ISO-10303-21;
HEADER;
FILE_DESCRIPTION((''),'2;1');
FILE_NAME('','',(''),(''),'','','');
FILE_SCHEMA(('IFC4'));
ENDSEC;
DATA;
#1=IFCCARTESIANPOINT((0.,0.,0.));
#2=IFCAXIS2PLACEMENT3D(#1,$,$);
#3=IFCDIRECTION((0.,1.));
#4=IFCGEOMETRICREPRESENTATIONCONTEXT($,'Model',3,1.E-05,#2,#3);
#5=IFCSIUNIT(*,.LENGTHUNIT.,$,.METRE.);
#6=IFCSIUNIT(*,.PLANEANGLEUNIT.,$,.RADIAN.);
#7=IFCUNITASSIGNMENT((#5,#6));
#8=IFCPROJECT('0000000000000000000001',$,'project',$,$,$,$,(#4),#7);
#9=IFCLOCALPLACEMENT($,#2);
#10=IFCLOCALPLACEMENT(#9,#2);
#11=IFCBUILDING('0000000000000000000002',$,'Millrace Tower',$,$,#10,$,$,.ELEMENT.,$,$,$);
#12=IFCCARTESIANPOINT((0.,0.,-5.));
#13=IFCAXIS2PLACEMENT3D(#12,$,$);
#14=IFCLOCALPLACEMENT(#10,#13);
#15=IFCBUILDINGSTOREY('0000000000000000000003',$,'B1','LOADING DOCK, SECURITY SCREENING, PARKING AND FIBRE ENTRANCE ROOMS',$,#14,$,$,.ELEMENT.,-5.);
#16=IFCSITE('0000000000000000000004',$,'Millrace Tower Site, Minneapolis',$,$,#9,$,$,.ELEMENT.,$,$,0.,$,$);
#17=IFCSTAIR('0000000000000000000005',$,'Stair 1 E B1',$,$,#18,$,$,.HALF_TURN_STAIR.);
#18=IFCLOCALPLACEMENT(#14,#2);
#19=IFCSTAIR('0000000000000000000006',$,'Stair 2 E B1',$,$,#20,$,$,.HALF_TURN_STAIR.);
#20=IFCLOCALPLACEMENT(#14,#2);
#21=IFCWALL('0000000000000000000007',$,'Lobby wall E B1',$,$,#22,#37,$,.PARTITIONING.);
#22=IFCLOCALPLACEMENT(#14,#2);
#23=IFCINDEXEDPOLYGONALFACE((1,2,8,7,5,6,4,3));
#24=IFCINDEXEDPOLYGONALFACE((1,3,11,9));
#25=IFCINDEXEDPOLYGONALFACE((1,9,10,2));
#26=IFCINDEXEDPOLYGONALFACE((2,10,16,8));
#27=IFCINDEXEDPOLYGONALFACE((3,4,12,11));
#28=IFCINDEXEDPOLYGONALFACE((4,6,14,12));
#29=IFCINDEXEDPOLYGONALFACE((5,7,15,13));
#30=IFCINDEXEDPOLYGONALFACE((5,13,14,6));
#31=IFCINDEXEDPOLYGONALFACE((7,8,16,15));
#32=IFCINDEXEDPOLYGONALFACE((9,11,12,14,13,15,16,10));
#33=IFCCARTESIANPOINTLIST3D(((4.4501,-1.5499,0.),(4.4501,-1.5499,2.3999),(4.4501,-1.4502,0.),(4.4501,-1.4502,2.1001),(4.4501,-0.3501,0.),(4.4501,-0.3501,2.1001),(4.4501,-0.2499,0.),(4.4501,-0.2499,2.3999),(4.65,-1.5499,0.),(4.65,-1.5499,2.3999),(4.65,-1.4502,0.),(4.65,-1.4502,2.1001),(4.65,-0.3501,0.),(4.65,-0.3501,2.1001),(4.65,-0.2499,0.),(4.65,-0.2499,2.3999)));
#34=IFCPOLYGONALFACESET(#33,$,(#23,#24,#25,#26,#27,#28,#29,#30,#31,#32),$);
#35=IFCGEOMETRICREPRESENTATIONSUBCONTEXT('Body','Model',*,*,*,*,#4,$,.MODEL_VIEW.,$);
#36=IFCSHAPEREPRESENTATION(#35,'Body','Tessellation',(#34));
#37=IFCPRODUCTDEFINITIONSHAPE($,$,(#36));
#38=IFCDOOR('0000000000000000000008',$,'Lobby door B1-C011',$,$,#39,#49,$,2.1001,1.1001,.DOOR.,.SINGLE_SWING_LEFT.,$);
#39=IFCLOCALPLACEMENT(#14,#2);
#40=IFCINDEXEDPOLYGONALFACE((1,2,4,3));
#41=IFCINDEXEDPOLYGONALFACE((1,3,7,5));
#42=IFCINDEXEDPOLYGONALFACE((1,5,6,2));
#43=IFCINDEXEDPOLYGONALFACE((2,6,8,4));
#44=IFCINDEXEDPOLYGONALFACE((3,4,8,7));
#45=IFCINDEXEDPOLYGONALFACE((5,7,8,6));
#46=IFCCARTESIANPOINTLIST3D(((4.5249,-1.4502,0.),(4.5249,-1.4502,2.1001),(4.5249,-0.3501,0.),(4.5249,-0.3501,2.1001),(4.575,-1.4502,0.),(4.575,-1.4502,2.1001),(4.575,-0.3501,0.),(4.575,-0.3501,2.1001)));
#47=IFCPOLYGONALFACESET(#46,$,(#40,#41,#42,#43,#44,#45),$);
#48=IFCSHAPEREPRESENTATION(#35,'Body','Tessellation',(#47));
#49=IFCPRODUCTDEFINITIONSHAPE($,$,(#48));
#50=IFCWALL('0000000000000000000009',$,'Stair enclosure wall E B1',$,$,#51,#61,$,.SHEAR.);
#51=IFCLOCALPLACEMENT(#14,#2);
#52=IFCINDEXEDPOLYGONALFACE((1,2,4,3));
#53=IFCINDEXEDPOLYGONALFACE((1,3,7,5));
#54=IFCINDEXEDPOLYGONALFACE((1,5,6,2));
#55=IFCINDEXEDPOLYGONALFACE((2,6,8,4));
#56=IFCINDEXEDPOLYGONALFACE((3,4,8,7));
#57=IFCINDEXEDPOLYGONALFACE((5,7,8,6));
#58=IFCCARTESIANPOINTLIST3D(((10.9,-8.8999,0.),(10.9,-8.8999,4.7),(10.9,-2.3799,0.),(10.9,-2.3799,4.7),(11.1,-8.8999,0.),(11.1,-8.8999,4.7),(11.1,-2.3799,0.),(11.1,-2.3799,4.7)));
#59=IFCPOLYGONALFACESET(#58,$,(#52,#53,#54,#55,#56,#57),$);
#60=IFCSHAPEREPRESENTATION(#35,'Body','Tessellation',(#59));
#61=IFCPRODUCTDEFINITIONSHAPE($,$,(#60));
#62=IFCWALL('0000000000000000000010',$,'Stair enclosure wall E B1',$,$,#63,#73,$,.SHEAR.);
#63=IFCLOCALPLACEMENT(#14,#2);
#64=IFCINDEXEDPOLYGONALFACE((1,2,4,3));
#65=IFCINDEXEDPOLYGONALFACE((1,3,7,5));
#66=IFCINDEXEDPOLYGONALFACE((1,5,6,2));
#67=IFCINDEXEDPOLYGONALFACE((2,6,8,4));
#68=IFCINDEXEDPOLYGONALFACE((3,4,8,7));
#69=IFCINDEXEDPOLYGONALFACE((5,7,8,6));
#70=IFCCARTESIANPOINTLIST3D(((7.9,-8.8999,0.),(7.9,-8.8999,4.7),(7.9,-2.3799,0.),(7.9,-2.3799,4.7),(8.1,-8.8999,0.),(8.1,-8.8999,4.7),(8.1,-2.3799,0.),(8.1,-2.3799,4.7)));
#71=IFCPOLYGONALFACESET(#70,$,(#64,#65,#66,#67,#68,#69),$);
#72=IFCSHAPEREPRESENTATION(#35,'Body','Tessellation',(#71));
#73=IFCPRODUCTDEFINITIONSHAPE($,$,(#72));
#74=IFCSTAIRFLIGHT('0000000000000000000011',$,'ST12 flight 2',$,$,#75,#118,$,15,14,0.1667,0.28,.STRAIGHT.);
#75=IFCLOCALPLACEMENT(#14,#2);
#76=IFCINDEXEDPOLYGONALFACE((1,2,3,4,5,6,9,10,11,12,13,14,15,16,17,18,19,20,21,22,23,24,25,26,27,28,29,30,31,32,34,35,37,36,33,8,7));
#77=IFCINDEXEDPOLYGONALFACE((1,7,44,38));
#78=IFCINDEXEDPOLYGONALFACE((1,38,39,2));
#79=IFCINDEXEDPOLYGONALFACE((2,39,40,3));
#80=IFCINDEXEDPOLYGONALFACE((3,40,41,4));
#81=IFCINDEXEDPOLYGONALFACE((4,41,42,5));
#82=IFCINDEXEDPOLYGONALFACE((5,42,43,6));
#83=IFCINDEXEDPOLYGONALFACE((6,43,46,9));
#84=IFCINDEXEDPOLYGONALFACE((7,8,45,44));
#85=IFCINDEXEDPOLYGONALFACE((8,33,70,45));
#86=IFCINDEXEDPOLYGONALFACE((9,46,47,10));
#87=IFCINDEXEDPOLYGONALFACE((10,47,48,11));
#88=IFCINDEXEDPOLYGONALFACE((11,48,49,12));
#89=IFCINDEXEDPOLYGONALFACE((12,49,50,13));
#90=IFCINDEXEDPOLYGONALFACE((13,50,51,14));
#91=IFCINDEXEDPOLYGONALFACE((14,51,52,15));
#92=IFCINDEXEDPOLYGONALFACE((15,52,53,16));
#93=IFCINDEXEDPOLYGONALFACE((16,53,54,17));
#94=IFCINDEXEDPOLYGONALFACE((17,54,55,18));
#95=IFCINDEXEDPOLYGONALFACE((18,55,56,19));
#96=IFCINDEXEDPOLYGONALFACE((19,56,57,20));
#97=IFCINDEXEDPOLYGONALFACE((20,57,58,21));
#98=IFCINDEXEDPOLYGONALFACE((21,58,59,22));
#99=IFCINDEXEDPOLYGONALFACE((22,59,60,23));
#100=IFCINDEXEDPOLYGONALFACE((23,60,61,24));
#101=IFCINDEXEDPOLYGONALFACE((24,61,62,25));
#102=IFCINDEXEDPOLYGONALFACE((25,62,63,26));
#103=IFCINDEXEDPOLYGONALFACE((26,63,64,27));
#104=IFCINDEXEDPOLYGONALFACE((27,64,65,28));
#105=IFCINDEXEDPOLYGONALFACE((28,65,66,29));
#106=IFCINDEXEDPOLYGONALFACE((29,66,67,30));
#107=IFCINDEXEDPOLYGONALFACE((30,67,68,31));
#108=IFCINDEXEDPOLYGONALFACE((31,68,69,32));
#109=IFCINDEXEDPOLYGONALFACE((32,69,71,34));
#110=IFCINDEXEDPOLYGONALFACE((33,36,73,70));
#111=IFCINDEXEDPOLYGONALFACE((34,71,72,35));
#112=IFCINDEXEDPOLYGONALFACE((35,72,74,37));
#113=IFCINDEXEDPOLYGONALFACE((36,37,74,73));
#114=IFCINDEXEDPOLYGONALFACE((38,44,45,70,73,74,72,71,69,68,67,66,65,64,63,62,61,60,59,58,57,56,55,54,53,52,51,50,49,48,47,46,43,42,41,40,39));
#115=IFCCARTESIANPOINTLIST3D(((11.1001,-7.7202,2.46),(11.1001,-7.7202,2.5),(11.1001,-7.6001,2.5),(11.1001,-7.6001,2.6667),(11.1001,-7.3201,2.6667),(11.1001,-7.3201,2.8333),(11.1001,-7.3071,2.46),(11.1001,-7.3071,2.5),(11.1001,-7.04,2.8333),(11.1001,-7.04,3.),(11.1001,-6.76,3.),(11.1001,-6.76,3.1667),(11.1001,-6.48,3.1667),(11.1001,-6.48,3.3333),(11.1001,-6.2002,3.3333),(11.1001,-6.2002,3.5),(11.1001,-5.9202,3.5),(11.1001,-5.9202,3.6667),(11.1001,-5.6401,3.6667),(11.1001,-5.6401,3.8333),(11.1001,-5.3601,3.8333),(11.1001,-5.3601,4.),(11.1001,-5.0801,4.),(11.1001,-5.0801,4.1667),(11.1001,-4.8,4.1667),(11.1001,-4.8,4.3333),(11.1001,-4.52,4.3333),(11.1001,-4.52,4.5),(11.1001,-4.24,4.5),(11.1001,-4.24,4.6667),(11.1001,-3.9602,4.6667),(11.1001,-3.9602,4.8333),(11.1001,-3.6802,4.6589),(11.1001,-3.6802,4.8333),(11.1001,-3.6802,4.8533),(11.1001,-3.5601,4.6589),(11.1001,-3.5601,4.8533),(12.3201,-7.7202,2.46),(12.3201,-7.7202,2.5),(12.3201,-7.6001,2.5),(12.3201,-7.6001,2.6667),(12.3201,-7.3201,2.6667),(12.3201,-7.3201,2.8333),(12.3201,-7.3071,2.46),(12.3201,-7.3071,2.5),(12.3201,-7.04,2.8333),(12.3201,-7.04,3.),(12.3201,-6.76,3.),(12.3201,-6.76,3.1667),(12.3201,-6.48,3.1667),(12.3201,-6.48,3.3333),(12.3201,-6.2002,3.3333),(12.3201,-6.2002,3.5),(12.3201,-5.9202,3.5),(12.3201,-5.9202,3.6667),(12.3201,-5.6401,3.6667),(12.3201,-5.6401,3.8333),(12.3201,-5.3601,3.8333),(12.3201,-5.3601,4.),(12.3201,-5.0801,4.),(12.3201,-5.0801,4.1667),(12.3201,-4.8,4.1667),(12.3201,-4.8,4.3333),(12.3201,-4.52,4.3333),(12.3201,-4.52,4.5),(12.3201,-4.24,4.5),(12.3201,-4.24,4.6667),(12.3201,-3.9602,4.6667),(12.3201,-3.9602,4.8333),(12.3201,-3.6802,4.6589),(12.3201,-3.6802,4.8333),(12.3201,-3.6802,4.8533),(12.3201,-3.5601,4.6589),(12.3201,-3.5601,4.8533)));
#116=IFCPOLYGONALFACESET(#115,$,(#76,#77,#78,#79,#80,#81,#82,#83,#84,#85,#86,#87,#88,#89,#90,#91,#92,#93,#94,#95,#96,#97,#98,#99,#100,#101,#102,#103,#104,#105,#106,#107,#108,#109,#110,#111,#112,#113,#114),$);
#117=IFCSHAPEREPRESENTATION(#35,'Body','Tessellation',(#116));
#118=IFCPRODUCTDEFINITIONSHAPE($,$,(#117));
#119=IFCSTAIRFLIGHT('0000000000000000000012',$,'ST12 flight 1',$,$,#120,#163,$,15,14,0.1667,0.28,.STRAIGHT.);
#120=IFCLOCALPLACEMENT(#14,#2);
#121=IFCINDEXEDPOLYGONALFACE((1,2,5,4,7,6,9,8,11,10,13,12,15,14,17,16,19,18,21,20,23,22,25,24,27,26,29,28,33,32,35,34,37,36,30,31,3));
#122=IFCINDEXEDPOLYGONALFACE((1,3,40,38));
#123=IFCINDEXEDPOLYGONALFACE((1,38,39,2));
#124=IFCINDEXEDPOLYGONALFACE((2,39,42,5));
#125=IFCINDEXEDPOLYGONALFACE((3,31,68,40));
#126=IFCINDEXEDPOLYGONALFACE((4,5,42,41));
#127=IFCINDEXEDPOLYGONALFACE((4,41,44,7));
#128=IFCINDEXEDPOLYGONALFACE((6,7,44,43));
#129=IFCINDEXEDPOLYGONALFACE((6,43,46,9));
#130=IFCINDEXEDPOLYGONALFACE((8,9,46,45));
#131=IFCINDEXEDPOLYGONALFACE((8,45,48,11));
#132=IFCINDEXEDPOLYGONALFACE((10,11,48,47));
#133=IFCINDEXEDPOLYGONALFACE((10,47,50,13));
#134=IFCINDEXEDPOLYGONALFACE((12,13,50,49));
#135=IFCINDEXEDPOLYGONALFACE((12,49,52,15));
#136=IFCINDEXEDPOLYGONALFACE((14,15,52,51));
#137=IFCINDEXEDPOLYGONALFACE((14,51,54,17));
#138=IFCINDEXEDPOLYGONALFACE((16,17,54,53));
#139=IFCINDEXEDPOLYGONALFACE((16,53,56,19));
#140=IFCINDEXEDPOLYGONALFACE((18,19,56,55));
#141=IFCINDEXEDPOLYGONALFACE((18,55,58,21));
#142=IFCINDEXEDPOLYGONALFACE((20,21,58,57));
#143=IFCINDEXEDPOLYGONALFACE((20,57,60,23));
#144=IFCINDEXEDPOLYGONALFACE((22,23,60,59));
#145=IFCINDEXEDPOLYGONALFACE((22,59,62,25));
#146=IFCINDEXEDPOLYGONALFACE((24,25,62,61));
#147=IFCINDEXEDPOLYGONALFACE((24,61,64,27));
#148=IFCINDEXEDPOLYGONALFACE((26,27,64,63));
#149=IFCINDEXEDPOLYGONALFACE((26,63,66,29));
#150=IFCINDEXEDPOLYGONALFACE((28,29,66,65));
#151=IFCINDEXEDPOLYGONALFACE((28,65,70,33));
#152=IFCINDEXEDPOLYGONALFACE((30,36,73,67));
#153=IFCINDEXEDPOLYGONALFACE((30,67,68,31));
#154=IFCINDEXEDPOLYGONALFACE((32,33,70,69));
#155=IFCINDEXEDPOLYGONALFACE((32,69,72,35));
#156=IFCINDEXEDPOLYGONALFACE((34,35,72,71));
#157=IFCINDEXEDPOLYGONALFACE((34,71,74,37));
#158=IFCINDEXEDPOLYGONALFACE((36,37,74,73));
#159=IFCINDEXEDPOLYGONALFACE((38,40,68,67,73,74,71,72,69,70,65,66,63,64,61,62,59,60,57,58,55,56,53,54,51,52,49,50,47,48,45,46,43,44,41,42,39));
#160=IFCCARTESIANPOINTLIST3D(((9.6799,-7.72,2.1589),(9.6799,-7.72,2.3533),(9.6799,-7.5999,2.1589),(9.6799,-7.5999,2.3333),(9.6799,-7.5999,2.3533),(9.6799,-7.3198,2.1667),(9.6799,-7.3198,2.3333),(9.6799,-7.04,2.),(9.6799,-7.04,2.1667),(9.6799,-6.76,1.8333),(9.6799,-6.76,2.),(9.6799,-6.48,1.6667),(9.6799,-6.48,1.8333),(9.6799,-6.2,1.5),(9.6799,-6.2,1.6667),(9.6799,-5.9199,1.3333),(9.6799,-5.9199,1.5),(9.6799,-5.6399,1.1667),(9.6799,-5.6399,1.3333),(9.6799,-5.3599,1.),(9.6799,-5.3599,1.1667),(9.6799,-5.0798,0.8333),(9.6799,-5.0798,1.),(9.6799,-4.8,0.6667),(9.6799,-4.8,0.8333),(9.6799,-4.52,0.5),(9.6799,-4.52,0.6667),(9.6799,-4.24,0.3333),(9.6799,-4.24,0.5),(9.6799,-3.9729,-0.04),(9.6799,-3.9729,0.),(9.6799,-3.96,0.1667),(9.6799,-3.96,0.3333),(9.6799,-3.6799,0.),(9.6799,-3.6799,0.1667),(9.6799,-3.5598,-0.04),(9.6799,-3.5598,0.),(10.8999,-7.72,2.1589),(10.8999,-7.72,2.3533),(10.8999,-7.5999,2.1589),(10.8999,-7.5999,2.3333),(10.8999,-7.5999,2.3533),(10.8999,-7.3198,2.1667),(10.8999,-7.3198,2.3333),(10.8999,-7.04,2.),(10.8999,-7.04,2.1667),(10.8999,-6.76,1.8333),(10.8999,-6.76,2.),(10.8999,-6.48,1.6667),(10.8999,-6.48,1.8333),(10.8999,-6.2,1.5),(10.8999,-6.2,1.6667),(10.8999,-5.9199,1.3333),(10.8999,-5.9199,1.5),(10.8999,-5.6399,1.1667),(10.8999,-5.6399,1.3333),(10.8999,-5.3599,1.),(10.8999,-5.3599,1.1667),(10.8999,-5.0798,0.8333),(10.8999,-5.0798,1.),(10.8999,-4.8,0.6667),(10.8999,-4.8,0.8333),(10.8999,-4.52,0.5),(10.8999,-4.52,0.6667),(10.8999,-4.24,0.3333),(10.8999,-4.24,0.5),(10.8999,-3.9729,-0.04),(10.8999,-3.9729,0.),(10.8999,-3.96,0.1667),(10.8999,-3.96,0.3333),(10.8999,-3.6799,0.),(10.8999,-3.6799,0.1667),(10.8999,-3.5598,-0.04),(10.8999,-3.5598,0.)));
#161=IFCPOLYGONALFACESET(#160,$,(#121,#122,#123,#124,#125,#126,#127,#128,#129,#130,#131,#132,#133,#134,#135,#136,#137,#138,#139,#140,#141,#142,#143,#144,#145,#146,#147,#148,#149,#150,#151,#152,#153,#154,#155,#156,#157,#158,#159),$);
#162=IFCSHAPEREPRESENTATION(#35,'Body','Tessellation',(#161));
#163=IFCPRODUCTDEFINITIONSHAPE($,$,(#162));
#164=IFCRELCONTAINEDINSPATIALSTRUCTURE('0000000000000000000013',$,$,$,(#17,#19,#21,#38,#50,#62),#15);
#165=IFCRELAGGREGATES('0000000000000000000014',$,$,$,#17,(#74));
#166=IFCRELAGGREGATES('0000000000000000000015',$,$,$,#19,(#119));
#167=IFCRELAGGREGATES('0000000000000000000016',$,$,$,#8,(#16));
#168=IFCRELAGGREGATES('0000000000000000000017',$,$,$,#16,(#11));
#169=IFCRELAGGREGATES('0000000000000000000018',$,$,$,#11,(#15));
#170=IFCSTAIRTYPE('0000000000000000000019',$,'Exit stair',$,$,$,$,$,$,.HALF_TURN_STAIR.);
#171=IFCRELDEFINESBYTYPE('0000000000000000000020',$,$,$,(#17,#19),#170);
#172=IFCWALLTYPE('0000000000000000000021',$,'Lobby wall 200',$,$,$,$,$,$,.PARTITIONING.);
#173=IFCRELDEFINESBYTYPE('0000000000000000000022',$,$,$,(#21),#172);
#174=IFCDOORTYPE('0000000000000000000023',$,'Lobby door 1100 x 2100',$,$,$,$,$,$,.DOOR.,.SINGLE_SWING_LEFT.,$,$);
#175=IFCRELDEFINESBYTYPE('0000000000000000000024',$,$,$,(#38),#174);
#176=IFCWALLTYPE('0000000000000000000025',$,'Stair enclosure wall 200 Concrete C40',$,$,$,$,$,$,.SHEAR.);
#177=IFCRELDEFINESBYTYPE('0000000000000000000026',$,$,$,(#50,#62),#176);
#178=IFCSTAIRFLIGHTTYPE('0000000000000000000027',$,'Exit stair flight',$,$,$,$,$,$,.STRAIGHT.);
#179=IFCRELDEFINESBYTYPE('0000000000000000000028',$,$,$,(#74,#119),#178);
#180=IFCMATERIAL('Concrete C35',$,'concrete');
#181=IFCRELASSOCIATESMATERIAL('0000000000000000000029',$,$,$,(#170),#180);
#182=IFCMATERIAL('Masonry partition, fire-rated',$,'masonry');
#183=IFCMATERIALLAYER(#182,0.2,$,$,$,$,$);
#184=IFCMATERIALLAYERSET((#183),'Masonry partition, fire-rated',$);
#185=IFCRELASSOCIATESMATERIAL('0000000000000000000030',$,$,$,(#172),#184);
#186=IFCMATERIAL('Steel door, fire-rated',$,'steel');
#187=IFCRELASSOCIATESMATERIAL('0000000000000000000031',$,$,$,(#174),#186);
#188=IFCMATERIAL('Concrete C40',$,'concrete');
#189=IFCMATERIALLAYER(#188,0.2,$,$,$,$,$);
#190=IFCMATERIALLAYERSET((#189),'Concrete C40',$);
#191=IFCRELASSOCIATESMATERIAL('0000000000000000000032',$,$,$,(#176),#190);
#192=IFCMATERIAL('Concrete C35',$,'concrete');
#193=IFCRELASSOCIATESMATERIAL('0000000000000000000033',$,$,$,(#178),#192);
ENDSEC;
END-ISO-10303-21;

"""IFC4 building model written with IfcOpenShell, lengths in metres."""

from ifc_helpers import new_model, si_unit, direction, frame, frame_2d, origin, place, context, subcontext, project, spatial, polyline, rectangle, outline, extrude, material, layer, layer_set, type_object, element, fill, aggregate, save


model = new_model("IFC4")

# Units and contexts
model_context = context("Model", 3, precision=1e-05, world=origin(), true_north=direction((0.0, 1.0)))
body_context = subcontext(model_context, "Body", "Model", "MODEL_VIEW")
ifc_project = project(units=[si_unit("LENGTHUNIT", "METRE"), si_unit("PLANEANGLEUNIT", "RADIAN")], contexts=[model_context])

# Site, building, storey
site_placement = place(None, origin())
site = spatial("IfcSite", under=ifc_project, at=site_placement, Name="Millrace Tower Site, Minneapolis", CompositionType="ELEMENT", RefElevation=0.0)
building_placement = place(site_placement, origin())
building = spatial("IfcBuilding", under=site, at=building_placement, Name="Millrace Tower", CompositionType="ELEMENT")
storey_placement = place(building_placement, frame((0.0, 0.0, -5.0)))
storey = spatial("IfcBuildingStorey", under=building, at=storey_placement, Name="B1", Description="LOADING DOCK, SECURITY SCREENING, PARKING AND FIBRE ENTRANCE ROOMS", CompositionType="ELEMENT", Elevation=-5.0)

# Stairs
ifc_material_1 = material(Name="Concrete C35", Category="concrete")
stair_type = type_object("IfcStairType", Name="Exit stair", PredefinedType="HALF_TURN_STAIR", material=ifc_material_1)
placement_1 = place(storey_placement, origin())
stair_1 = element("IfcStair", 1, at=placement_1, inside=storey, type_object=stair_type, Name="Stair 1 E B1", PredefinedType="HALF_TURN_STAIR")
stair_2 = element("IfcStair", 2, at=placement_1, inside=storey, type_object=stair_type, Name="Stair 2 E B1", PredefinedType="HALF_TURN_STAIR")

# Wall, opening, door
ifc_material_2 = material(Name="Masonry partition, fire-rated", Category="masonry")
ifc_layer_1 = layer(ifc_material_2, 0.2)
ifc_layer_set_1 = layer_set([ifc_layer_1], Name="Masonry partition, fire-rated")
wall_type_1 = type_object("IfcWallType", Name="Lobby wall 200", PredefinedType="PARTITIONING", material=ifc_layer_set_1)
wall_1_placement = place(storey_placement, frame((4.55, -0.25, 0.0), z_axis=(0.0, 0.0, 1.0), x_axis=(0.0, -1.0, 0.0)))
wall_1 = element("IfcWall", 3, at=wall_1_placement, inside=storey, type_object=wall_type_1, Name="Lobby wall E B1", PredefinedType="PARTITIONING", context=body_context, shape_type="SweptSolid", body=[
    extrude(rectangle(XDim=1.3, YDim=0.2, at=frame_2d((0.6499, 0.0))), origin(), (0.0, 0.0, 1.0), 2.3999),
])
opening_placement = place(wall_1_placement, frame((0.1001, 0.0, 0.0)))
opening = element("IfcOpeningElement", 4, at=opening_placement, cuts=wall_1, PredefinedType="OPENING", context=body_context, shape_type="SweptSolid", body=[
    extrude(rectangle(XDim=1.1001, YDim=2.1001, at=frame_2d((0.55, 1.05))), frame((0.0, 0.1099, 0.0), z_axis=(0.0, -1.0, 0.0), x_axis=(1.0, 0.0, 0.0)), (0.0, 0.0, 1.0), 0.22),
])
ifc_material_3 = material(Name="Steel door, fire-rated", Category="steel")
door_type = type_object("IfcDoorType", Name="Lobby door 1100 x 2100", OperationType="SINGLE_SWING_LEFT", PredefinedType="DOOR", material=ifc_material_3)
door_placement = place(opening_placement, origin())
door = element("IfcDoor", 5, at=door_placement, inside=storey, type_object=door_type, Name="Lobby door B1-C011", OperationType="SINGLE_SWING_LEFT", OverallHeight=2.1001, OverallWidth=1.1001, PredefinedType="DOOR", context=body_context, shape_type="SweptSolid", body=[
    extrude(rectangle(XDim=1.1001, YDim=2.1001, at=frame_2d((0.55, 1.05))), frame((0.0, 0.0249, 0.0), z_axis=(0.0, -1.0, 0.0), x_axis=(1.0, 0.0, 0.0)), (0.0, 0.0, 1.0), 0.05),
])
fill(opening, door)

# Walls
ifc_material_4 = material(Name="Concrete C40", Category="concrete")
ifc_layer_2 = layer(ifc_material_4, 0.2)
ifc_layer_set_2 = layer_set([ifc_layer_2], Name="Concrete C40")
wall_type_2 = type_object("IfcWallType", Name="Stair enclosure wall 200 Concrete C40", PredefinedType="SHEAR", material=ifc_layer_set_2)
for number, where, z_axis, x_axis, name in (
    (6, (11.0, -2.3799, 0.0), (0.0, 0.0, 1.0), (0.0, -1.0, 0.0), "Stair enclosure wall E B1"),
    (7, (8.0, -2.3799, 0.0), (0.0, 0.0, 1.0), (0.0, -1.0, 0.0), "Stair enclosure wall E B1"),
):
    element("IfcWall", number, at=place(storey_placement, frame(where, z_axis=z_axis, x_axis=x_axis)), inside=storey, type_object=wall_type_2, Name=name, PredefinedType="SHEAR", context=body_context, shape_type="SweptSolid", body=[
        extrude(rectangle(XDim=6.52, YDim=0.2, at=frame_2d((3.26, 0.0))), origin(), (0.0, 0.0, 1.0), 4.7),
    ])

# Stair flights
ifc_material_5 = material(Name="Concrete C35", Category="concrete")
stair_flight_type = type_object("IfcStairFlightType", Name="Exit stair flight", PredefinedType="STRAIGHT", material=ifc_material_5)
stair_flight_1_placement = place(storey_placement, frame((11.71, -7.6001, 2.5), z_axis=(0.0, 0.0, 1.0), x_axis=(0.0, 1.0, 0.0)))
stair_flight_1 = element("IfcStairFlight", 8, at=stair_flight_1_placement, type_object=stair_flight_type, Name="ST12 flight 2", NumberOfRisers=15, NumberOfTreads=14, PredefinedType="STRAIGHT", RiserHeight=0.1667, TreadLength=0.28, context=body_context, shape_type="SweptSolid", body=[
    extrude(outline(polyline([(-0.1201, -0.04), (-0.1201, 0.0), (0.0, 0.0), (0.0, 0.1667), (0.28, 0.1667), (0.28, 0.3333), (0.5601, 0.3333), (0.5601, 0.5), (0.8401, 0.5), (0.8401, 0.6667), (1.1201, 0.6667), (1.1201, 0.8333), (1.3999, 0.8333), (1.3999, 1.0), (1.6799, 1.0), (1.6799, 1.1667), (1.96, 1.1667), (1.96, 1.3333), (2.24, 1.3333), (2.24, 1.5), (2.52, 1.5), (2.52, 1.6667), (2.8, 1.6667), (2.8, 1.8333), (3.0801, 1.8333), (3.0801, 2.0), (3.3601, 2.0), (3.3601, 2.1667), (3.6399, 2.1667), (3.6399, 2.3333), (3.9199, 2.3333), (3.9199, 2.3533), (4.04, 2.3533), (4.04, 2.1589), (3.9199, 2.1589), (0.293, 0.0), (0.293, -0.04), (-0.1201, -0.04)])), frame((0.0, 0.6099, 0.0), z_axis=(0.0, -1.0, 0.0), x_axis=(1.0, 0.0, 0.0)), (0.0, 0.0, 1.0), 1.22),
])
aggregate(stair_1, [stair_flight_1])
stair_flight_2_placement = place(storey_placement, frame((10.29, -3.6799, 0.0), z_axis=(0.0, 0.0, 1.0), x_axis=(0.0, -1.0, 0.0)))
stair_flight_2 = element("IfcStairFlight", 9, at=stair_flight_2_placement, type_object=stair_flight_type, Name="ST12 flight 1", NumberOfRisers=15, NumberOfTreads=14, PredefinedType="STRAIGHT", RiserHeight=0.1667, TreadLength=0.28, context=body_context, shape_type="SweptSolid", body=[
    extrude(outline(polyline([(-0.1201, -0.04), (-0.1201, 0.0), (0.0, 0.0), (0.0, 0.1667), (0.28, 0.1667), (0.28, 0.3333), (0.5601, 0.3333), (0.5601, 0.5), (0.8401, 0.5), (0.8401, 0.6667), (1.1201, 0.6667), (1.1201, 0.8333), (1.3999, 0.8333), (1.3999, 1.0), (1.6799, 1.0), (1.6799, 1.1667), (1.96, 1.1667), (1.96, 1.3333), (2.24, 1.3333), (2.24, 1.5), (2.52, 1.5), (2.52, 1.6667), (2.8, 1.6667), (2.8, 1.8333), (3.0801, 1.8333), (3.0801, 2.0), (3.3601, 2.0), (3.3601, 2.1667), (3.6399, 2.1667), (3.6399, 2.3333), (3.9199, 2.3333), (3.9199, 2.3533), (4.04, 2.3533), (4.04, 2.1589), (3.9199, 2.1589), (0.293, 0.0), (0.293, -0.04), (-0.1201, -0.04)])), frame((0.0, 0.6099, 0.0), z_axis=(0.0, -1.0, 0.0), x_axis=(1.0, 0.0, 0.0)), (0.0, 0.0, 1.0), 1.22),
])
aggregate(stair_2, [stair_flight_2])

save(model, "model.ifc")
